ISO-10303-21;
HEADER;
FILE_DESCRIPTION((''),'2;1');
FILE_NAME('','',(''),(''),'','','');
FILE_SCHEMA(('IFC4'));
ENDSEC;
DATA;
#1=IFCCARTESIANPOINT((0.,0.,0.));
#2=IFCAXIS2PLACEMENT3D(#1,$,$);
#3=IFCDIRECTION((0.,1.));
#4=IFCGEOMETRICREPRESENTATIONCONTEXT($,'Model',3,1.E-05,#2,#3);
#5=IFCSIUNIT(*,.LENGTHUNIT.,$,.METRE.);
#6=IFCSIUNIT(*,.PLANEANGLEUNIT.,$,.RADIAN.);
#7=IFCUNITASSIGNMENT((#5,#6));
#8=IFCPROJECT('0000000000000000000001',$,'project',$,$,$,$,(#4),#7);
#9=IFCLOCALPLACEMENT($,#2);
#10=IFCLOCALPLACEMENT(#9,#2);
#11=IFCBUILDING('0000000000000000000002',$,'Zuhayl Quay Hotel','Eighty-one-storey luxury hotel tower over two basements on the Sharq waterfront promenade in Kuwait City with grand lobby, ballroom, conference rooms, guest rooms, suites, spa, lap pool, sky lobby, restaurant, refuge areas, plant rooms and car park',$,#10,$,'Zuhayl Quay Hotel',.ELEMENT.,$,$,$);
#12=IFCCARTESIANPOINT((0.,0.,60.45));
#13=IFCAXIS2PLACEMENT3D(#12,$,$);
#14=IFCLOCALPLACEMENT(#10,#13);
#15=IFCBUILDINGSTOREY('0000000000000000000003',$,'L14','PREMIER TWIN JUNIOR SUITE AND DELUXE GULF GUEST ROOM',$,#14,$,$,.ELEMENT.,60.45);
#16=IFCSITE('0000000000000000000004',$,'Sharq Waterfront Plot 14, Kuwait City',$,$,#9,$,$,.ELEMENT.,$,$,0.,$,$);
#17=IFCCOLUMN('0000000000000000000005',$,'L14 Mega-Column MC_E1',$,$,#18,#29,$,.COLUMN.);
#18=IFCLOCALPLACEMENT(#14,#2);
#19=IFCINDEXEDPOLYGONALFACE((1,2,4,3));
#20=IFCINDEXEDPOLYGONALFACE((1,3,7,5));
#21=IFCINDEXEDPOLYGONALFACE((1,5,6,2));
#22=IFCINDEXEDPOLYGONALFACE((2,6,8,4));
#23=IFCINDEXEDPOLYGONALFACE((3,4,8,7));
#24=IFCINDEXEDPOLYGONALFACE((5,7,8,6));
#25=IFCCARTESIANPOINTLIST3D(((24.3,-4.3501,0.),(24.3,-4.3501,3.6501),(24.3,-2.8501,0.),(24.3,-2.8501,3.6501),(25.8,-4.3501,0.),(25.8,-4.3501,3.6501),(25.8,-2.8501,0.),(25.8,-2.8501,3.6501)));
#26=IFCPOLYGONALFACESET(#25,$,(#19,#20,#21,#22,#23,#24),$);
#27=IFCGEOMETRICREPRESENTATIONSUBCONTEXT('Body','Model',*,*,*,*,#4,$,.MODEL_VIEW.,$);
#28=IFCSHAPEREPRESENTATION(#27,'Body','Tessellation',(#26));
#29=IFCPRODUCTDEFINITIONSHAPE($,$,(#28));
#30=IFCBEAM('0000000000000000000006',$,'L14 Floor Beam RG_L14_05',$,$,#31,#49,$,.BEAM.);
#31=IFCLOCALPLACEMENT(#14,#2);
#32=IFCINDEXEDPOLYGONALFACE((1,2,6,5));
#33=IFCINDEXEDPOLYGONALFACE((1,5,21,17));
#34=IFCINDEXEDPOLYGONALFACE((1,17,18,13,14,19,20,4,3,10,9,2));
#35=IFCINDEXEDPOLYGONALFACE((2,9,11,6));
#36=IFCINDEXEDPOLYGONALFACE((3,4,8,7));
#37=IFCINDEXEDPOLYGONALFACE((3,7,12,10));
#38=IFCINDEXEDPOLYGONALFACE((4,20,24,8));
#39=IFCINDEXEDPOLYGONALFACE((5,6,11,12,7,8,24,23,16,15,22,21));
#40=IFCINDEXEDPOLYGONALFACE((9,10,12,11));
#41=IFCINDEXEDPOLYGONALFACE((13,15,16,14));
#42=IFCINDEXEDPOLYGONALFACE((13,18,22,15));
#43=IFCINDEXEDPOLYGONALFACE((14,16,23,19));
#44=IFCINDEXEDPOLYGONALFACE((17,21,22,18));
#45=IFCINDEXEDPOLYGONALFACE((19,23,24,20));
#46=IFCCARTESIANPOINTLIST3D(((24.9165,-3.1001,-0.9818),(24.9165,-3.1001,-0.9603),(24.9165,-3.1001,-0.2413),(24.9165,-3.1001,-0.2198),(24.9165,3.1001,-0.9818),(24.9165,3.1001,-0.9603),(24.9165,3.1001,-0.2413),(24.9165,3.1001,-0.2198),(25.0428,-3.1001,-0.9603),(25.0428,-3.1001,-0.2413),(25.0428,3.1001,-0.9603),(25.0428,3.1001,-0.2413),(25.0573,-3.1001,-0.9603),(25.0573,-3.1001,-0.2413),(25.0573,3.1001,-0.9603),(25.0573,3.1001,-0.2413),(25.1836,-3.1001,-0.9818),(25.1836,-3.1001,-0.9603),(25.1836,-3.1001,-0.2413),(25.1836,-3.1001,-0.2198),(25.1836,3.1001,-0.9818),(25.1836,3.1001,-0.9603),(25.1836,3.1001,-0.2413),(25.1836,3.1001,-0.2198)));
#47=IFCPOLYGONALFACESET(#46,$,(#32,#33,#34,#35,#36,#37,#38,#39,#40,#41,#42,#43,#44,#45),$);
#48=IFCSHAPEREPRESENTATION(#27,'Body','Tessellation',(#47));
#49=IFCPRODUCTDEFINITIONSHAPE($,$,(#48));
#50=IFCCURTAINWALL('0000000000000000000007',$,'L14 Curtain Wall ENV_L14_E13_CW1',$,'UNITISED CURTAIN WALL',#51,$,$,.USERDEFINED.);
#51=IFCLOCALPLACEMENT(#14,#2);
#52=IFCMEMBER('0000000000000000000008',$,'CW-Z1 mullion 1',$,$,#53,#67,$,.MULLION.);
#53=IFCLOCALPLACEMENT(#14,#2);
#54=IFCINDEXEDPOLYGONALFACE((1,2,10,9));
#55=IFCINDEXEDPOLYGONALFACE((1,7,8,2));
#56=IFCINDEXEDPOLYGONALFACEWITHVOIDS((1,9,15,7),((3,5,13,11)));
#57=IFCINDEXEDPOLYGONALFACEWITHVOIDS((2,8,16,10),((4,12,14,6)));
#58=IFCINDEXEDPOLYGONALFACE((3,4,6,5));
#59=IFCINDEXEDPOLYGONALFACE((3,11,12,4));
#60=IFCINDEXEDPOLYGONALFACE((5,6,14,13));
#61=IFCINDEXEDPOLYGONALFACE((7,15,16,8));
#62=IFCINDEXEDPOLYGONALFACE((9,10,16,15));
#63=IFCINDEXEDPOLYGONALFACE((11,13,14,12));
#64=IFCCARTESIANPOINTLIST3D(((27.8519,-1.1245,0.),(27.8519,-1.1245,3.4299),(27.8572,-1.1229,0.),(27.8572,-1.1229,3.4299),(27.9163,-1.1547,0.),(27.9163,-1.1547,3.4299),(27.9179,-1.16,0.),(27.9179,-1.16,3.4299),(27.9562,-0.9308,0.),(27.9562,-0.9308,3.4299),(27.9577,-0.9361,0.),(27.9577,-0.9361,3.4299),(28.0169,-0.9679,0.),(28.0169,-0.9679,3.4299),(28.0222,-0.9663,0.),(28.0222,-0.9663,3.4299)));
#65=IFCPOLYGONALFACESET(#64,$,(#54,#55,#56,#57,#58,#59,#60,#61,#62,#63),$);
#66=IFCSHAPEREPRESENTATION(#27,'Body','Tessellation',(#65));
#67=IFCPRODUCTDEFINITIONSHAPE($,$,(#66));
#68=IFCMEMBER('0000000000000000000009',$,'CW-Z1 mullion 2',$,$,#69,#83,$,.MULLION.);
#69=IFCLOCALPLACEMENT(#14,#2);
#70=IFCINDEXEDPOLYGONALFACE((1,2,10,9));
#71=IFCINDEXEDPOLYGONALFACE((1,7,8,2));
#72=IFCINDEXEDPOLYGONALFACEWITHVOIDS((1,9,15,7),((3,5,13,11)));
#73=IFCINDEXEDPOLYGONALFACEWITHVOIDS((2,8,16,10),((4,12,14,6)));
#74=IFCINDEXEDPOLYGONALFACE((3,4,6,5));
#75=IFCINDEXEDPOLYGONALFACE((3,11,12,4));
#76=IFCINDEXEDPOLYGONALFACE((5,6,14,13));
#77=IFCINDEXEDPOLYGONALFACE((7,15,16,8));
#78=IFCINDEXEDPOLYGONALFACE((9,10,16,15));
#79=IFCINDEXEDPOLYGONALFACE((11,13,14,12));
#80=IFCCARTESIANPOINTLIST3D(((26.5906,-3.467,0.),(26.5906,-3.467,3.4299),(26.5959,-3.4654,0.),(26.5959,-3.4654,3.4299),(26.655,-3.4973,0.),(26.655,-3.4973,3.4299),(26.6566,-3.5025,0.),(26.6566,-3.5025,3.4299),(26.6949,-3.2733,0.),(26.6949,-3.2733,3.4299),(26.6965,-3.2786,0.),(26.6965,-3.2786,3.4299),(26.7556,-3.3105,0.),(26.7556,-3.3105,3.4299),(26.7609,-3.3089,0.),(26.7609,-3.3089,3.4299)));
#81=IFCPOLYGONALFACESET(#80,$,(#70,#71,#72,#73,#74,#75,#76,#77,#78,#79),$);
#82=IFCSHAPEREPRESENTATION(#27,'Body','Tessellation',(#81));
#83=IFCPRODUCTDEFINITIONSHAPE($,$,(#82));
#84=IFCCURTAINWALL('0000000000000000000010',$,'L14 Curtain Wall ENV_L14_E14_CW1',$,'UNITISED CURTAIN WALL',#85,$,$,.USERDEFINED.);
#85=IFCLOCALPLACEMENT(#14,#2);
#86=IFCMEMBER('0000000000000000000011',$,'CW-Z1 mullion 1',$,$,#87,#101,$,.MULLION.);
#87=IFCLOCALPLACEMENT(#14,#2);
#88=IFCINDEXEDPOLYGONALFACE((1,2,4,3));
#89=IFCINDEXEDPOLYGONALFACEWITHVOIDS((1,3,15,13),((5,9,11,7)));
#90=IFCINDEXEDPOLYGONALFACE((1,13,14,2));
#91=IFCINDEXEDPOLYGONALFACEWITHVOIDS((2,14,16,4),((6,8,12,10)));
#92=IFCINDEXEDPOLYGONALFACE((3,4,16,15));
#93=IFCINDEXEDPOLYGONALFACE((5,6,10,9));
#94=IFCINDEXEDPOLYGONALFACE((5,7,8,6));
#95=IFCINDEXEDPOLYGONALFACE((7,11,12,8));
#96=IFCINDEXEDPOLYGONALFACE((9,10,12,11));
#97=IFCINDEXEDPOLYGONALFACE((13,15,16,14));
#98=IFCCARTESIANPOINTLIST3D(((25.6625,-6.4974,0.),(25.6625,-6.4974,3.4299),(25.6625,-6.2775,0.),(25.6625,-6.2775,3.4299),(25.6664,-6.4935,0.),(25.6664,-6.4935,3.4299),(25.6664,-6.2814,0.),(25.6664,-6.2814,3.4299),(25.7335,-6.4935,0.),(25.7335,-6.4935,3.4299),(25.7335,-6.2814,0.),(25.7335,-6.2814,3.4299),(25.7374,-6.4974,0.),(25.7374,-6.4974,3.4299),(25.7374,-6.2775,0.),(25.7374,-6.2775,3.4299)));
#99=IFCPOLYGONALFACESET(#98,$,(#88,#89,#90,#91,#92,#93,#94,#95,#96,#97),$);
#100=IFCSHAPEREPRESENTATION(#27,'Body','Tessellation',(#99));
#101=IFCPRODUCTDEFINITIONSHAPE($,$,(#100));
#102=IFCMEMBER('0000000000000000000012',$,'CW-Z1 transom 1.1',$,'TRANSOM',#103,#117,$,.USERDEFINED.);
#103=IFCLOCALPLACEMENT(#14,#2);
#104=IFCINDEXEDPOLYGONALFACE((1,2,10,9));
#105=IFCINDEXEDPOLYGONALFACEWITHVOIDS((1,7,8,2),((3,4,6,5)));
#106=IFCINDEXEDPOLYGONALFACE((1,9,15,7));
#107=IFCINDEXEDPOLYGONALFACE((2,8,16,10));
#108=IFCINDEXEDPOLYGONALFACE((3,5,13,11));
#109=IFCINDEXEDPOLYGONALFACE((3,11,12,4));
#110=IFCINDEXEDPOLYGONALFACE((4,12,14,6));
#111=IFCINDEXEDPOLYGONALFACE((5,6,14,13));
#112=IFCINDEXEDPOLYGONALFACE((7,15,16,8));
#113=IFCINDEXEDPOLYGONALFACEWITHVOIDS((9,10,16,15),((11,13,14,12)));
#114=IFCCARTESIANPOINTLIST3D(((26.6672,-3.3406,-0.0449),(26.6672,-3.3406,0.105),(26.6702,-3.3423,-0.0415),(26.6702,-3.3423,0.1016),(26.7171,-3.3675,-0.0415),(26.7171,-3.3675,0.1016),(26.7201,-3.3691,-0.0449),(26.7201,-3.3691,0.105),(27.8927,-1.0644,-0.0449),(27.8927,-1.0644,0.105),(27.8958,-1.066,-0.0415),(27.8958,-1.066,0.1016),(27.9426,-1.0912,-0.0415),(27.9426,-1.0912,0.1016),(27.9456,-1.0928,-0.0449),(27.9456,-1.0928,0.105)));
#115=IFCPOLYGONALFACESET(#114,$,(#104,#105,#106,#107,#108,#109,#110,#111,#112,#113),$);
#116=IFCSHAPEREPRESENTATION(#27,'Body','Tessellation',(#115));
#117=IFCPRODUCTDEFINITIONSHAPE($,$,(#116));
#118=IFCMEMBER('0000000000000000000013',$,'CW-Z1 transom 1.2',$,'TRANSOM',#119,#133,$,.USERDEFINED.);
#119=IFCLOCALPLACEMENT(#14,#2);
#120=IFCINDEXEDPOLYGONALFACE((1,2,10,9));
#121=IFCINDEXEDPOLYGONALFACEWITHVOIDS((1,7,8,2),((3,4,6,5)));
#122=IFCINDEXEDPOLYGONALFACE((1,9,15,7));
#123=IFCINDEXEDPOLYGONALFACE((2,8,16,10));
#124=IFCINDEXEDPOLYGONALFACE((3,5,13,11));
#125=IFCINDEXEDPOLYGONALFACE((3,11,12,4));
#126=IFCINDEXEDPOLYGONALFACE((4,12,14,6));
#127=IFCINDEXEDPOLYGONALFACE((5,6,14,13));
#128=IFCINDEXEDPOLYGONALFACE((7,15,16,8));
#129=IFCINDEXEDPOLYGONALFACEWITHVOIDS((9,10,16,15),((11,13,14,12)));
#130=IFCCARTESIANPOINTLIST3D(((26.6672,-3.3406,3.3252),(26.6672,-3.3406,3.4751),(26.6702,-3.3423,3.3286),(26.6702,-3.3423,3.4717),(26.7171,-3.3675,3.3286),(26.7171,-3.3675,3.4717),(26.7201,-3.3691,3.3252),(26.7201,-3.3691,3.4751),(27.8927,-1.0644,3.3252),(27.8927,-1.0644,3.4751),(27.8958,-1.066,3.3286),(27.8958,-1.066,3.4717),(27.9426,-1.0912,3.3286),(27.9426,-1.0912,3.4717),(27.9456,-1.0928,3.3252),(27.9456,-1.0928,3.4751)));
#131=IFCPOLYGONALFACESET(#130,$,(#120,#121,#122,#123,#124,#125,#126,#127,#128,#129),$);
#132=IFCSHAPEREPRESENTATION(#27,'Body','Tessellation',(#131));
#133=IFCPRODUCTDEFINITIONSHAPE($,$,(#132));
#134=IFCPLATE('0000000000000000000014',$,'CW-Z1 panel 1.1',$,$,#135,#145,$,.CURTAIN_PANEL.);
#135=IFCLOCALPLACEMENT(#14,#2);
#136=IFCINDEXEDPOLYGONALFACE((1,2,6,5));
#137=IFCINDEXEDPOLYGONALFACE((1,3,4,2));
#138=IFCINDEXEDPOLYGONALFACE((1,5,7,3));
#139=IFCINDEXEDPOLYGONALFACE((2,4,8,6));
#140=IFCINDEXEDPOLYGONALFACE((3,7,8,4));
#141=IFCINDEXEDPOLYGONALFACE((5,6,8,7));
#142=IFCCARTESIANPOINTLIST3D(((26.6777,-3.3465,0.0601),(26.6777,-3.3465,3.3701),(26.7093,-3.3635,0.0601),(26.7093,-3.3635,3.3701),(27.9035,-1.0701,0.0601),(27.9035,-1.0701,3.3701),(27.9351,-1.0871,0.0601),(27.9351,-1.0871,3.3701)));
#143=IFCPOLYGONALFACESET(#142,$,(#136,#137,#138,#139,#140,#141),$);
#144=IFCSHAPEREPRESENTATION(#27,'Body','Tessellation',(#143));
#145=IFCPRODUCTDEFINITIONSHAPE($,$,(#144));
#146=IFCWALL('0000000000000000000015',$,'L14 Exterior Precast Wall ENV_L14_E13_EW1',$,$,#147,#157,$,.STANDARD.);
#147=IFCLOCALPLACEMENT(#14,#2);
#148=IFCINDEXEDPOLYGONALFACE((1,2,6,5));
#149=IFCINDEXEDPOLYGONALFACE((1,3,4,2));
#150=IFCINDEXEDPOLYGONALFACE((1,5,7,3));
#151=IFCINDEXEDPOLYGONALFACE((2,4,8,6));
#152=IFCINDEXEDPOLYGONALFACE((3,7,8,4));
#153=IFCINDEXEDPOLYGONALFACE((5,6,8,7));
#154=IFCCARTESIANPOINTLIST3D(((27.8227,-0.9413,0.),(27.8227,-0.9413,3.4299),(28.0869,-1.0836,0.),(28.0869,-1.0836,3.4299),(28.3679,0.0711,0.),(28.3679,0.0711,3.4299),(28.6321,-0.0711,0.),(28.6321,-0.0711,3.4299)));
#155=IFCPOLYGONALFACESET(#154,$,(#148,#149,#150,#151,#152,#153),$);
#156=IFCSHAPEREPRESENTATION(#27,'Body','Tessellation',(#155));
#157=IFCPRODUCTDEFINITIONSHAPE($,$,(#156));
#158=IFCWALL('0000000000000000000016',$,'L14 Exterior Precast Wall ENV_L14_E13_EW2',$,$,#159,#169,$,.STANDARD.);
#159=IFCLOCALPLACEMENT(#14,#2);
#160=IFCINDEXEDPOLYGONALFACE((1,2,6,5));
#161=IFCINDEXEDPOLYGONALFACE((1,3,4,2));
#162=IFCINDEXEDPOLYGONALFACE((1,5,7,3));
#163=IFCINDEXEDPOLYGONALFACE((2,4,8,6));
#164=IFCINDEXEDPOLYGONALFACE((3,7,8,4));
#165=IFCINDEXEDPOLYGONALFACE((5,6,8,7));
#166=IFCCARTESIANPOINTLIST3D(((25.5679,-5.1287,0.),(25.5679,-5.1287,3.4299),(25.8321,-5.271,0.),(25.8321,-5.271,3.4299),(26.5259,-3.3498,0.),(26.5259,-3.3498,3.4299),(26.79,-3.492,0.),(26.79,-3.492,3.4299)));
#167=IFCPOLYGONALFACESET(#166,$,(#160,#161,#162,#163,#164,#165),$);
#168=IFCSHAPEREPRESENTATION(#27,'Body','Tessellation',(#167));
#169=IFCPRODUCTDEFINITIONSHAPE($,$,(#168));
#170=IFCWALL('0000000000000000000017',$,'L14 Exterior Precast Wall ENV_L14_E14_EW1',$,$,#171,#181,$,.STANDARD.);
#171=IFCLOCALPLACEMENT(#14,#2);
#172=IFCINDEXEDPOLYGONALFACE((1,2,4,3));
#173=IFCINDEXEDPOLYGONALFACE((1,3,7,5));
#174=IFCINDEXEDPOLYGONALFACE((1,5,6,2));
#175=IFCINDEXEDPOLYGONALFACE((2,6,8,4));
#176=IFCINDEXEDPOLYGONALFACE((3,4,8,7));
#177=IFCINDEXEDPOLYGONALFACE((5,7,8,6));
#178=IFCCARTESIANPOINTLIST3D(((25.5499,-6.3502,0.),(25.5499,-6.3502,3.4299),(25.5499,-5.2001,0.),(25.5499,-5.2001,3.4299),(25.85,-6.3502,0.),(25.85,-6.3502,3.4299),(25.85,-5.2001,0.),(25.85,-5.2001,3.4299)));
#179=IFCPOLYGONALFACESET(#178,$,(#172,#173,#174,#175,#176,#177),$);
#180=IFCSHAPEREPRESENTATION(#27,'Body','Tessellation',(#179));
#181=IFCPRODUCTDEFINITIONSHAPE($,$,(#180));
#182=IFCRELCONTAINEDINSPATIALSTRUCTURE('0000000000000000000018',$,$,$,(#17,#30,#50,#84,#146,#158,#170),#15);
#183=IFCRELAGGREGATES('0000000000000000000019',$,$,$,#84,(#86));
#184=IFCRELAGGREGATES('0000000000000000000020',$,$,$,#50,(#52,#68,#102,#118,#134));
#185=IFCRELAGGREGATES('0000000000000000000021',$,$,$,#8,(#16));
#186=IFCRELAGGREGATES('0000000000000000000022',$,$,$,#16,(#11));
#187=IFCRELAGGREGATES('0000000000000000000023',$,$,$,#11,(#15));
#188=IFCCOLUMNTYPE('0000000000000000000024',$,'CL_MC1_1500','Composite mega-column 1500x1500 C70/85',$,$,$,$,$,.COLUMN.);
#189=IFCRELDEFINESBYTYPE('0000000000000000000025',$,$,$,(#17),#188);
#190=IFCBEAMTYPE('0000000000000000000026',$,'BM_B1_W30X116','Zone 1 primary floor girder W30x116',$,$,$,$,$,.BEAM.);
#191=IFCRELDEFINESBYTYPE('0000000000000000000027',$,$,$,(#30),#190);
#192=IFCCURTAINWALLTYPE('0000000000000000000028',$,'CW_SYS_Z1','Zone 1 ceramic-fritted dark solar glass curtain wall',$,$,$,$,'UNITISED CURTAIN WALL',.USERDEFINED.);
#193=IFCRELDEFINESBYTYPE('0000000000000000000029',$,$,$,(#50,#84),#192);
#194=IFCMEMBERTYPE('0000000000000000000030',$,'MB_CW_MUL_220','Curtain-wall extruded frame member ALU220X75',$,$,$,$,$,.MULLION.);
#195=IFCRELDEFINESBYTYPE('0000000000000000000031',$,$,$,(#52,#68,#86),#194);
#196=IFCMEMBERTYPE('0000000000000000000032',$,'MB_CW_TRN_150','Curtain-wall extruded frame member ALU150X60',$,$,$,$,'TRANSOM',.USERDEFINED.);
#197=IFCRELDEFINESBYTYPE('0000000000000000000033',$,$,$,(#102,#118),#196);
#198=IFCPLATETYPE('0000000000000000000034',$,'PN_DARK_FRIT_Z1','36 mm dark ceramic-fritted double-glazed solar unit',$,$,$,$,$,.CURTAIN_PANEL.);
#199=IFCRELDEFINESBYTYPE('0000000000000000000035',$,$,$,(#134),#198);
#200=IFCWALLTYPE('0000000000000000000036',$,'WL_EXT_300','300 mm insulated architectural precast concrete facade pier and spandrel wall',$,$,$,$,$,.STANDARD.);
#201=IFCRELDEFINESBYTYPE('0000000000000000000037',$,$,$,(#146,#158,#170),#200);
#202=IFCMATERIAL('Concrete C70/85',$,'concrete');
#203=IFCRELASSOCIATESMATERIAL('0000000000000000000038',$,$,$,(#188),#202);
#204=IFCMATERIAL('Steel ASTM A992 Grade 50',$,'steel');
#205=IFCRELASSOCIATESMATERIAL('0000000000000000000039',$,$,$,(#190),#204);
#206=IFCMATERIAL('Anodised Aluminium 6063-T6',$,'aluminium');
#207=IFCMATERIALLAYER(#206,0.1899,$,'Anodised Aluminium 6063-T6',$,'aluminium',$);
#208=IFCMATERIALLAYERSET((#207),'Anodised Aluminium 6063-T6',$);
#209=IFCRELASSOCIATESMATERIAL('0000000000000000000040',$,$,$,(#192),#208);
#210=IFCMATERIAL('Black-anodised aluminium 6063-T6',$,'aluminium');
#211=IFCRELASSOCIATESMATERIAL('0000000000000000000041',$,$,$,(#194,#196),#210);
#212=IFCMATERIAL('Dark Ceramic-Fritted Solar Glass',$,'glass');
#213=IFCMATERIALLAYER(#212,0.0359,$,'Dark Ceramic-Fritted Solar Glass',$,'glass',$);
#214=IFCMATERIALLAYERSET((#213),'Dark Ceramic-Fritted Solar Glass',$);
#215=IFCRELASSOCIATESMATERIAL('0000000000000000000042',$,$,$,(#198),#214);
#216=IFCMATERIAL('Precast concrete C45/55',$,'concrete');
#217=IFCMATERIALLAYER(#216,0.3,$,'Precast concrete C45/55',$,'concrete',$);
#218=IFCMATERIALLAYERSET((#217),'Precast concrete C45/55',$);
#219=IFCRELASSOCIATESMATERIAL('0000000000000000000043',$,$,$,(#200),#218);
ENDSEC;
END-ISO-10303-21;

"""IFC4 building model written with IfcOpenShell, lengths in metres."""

from ifc_helpers import new_model, si_unit, direction, frame, frame_2d, origin, origin_2d, place, context, subcontext, project, spatial, rectangle, hollow_rectangle, i_section, extrude, material, layer, layer_set, material_profile, profile_set, type_object, element, aggregate, save


model = new_model("IFC4")

# Units and contexts
model_context = context("Model", 3, precision=1e-05, world=origin(), true_north=direction((0.0, 1.0)))
body_context = subcontext(model_context, "Body", "Model", "MODEL_VIEW")
ifc_project = project(units=[si_unit("LENGTHUNIT", "METRE"), si_unit("PLANEANGLEUNIT", "RADIAN")], contexts=[model_context])

# Site, building, storey
site_placement = place(None, origin())
site = spatial("IfcSite", under=ifc_project, at=site_placement, Name="Sharq Waterfront Plot 14, Kuwait City", CompositionType="ELEMENT", RefElevation=0.0)
building_placement = place(site_placement, origin())
building = spatial("IfcBuilding", under=site, at=building_placement, Name="Zuhayl Quay Hotel", Description="Eighty-one-storey luxury hotel tower over two basements on the Sharq waterfront promenade in Kuwait City with grand lobby, ballroom, conference rooms, guest rooms, suites, spa, lap pool, sky lobby, restaurant, refuge areas, plant rooms and car park", LongName="Zuhayl Quay Hotel", CompositionType="ELEMENT")
storey_placement = place(building_placement, frame((0.0, 0.0, 60.45)))
storey = spatial("IfcBuildingStorey", under=building, at=storey_placement, Name="L14", Description="PREMIER TWIN JUNIOR SUITE AND DELUXE GULF GUEST ROOM", CompositionType="ELEMENT", Elevation=60.45)

# Column
ifc_material_1 = material(Name="Concrete C70/85", Category="concrete")
ifc_material_profile_1 = material_profile(ifc_material_1, rectangle(XDim=1.5, YDim=1.5, at=origin_2d()), Name="RC1500X1500")
ifc_profile_set_1 = profile_set([ifc_material_profile_1], Name="Concrete C70/85")
column_type = type_object("IfcColumnType", Name="CL_MC1_1500", Description="Composite mega-column 1500x1500 C70/85", PredefinedType="COLUMN", material=ifc_profile_set_1)
column_placement = place(storey_placement, frame((25.05, -3.6001, 0.0), z_axis=(0.0, 0.0, 1.0), x_axis=(1.0, 0.0, 0.0)))
element("IfcColumn", 1, at=column_placement, inside=storey, type_object=column_type, Name="L14 Mega-Column MC_E1", PredefinedType="COLUMN", context=body_context, shape_type="SweptSolid", body=[
    extrude(rectangle(XDim=1.5, YDim=1.5, at=origin_2d()), origin(), (0.0, 0.0, 1.0), 3.6501),
])

# Beam
ifc_material_2 = material(Name="Steel ASTM A992 Grade 50", Category="steel")
ifc_material_profile_2 = material_profile(ifc_material_2, i_section(OverallWidth=0.2671, OverallDepth=0.762, WebThickness=0.0144, FlangeThickness=0.0215, at=origin_2d()), Name="W30X116")
ifc_profile_set_2 = profile_set([ifc_material_profile_2], Name="Steel ASTM A992 Grade 50")
beam_type = type_object("IfcBeamType", Name="BM_B1_W30X116", Description="Zone 1 primary floor girder W30x116", PredefinedType="BEAM", material=ifc_profile_set_2)
beam_placement = place(storey_placement, frame((25.05, -3.1001, -0.6008), z_axis=(0.0, 1.0, 0.0), x_axis=(-1.0, 0.0, 0.0)))
element("IfcBeam", 2, at=beam_placement, inside=storey, type_object=beam_type, Name="L14 Floor Beam RG_L14_05", PredefinedType="BEAM", context=body_context, shape_type="SweptSolid", body=[
    extrude(i_section(OverallWidth=0.2671, OverallDepth=0.762, WebThickness=0.0144, FlangeThickness=0.0215, at=origin_2d()), origin(), (0.0, 0.0, 1.0), 6.2002),
])

# Curtain wall, members
ifc_material_3 = material(Name="Anodised Aluminium 6063-T6", Category="aluminium")
ifc_layer_1 = layer(ifc_material_3, 0.1899, Name="Anodised Aluminium 6063-T6", Category="aluminium")
ifc_layer_set_1 = layer_set([ifc_layer_1], Name="Anodised Aluminium 6063-T6")
curtain_wall_type = type_object("IfcCurtainWallType", Name="CW_SYS_Z1", Description="Zone 1 ceramic-fritted dark solar glass curtain wall", ElementType="UNITISED CURTAIN WALL", PredefinedType="USERDEFINED", material=ifc_layer_set_1)
curtain_wall_1_placement = place(storey_placement, origin())
curtain_wall_1 = element("IfcCurtainWall", 3, at=curtain_wall_1_placement, inside=storey, type_object=curtain_wall_type, Name="L14 Curtain Wall ENV_L14_E13_CW1", ObjectType="UNITISED CURTAIN WALL", PredefinedType="USERDEFINED")
ifc_material_4 = material(Name="Black-anodised aluminium 6063-T6", Category="aluminium")
ifc_material_profile_3 = material_profile(ifc_material_4, hollow_rectangle(XDim=0.075, YDim=0.22, WallThickness=0.0039, at=origin_2d()), Name="ALU220X75")
ifc_profile_set_3 = profile_set([ifc_material_profile_3], Name="Black-anodised aluminium 6063-T6")
member_type_1 = type_object("IfcMemberType", Name="MB_CW_MUL_220", Description="Curtain-wall extruded frame member ALU220X75", PredefinedType="MULLION", material=ifc_profile_set_3)
member_1_placement = place(storey_placement, frame((27.937, -1.0454, 0.0), z_axis=(0.0, 0.0, 1.0), x_axis=(0.880476, -0.474091, 0.0)))
member_1 = element("IfcMember", 4, at=member_1_placement, type_object=member_type_1, Name="CW-Z1 mullion 1", PredefinedType="MULLION", context=body_context, shape_type="SweptSolid", body=[
    extrude(hollow_rectangle(XDim=0.075, YDim=0.22, WallThickness=0.0039, at=origin_2d()), origin(), (0.0, 0.0, 1.0), 3.4299),
])
member_2_placement = place(storey_placement, frame((26.6758, -3.3879, 0.0), z_axis=(0.0, 0.0, 1.0), x_axis=(0.880476, -0.474091, 0.0)))
member_2 = element("IfcMember", 5, at=member_2_placement, type_object=member_type_1, Name="CW-Z1 mullion 2", PredefinedType="MULLION", context=body_context, shape_type="SweptSolid", body=[
    extrude(hollow_rectangle(XDim=0.075, YDim=0.22, WallThickness=0.0039, at=origin_2d()), origin(), (0.0, 0.0, 1.0), 3.4299),
])

# Curtain wall, member
curtain_wall_2_placement = place(storey_placement, origin())
curtain_wall_2 = element("IfcCurtainWall", 6, at=curtain_wall_2_placement, inside=storey, type_object=curtain_wall_type, Name="L14 Curtain Wall ENV_L14_E14_CW1", ObjectType="UNITISED CURTAIN WALL", PredefinedType="USERDEFINED")
member_3_placement = place(storey_placement, frame((25.7, -6.3875, 0.0), z_axis=(0.0, 0.0, 1.0), x_axis=(1.0, 0.0, 0.0)))
member_3 = element("IfcMember", 7, at=member_3_placement, type_object=member_type_1, Name="CW-Z1 mullion 1", PredefinedType="MULLION", context=body_context, shape_type="SweptSolid", body=[
    extrude(hollow_rectangle(XDim=0.075, YDim=0.22, WallThickness=0.0039, at=origin_2d()), origin(), (0.0, 0.0, 1.0), 3.4299),
])
aggregate(curtain_wall_2, [member_3])

# Members
ifc_material_profile_4 = material_profile(ifc_material_4, hollow_rectangle(XDim=0.0601, YDim=0.1499, WallThickness=0.0034, at=origin_2d()), Name="ALU150X60")
ifc_profile_set_4 = profile_set([ifc_material_profile_4], Name="Black-anodised aluminium 6063-T6")
member_type_2 = type_object("IfcMemberType", Name="MB_CW_TRN_150", Description="Curtain-wall extruded frame member ALU150X60", ElementType="TRANSOM", PredefinedType="USERDEFINED", material=ifc_profile_set_4)
member_4_placement = place(storey_placement, frame((27.9192, -1.0786, 0.03), z_axis=(-0.474055, -0.880495, 0.0), x_axis=(0.880495, -0.474055, 0.0)))
member_4 = element("IfcMember", 8, at=member_4_placement, type_object=member_type_2, Name="CW-Z1 transom 1.1", ObjectType="TRANSOM", PredefinedType="USERDEFINED", context=body_context, shape_type="SweptSolid", body=[
    extrude(hollow_rectangle(XDim=0.0601, YDim=0.1499, WallThickness=0.0034, at=origin_2d()), origin(), (0.0, 0.0, 1.0), 2.5852),
])
member_5_placement = place(storey_placement, frame((27.9192, -1.0786, 3.4001), z_axis=(-0.474055, -0.880495, 0.0), x_axis=(0.880495, -0.474055, 0.0)))
member_5 = element("IfcMember", 9, at=member_5_placement, type_object=member_type_2, Name="CW-Z1 transom 1.2", ObjectType="TRANSOM", PredefinedType="USERDEFINED", context=body_context, shape_type="SweptSolid", body=[
    extrude(hollow_rectangle(XDim=0.0601, YDim=0.1499, WallThickness=0.0034, at=origin_2d()), origin(), (0.0, 0.0, 1.0), 2.5852),
])

# Plate
ifc_material_5 = material(Name="Dark Ceramic-Fritted Solar Glass", Category="glass")
ifc_layer_2 = layer(ifc_material_5, 0.0359, Name="Dark Ceramic-Fritted Solar Glass", Category="glass")
ifc_layer_set_2 = layer_set([ifc_layer_2], Name="Dark Ceramic-Fritted Solar Glass")
plate_type = type_object("IfcPlateType", Name="PN_DARK_FRIT_Z1", Description="36 mm dark ceramic-fritted double-glazed solar unit", PredefinedType="CURTAIN_PANEL", material=ifc_layer_set_2)
plate_placement = place(storey_placement, frame((27.3064, -2.2168, 0.0601), z_axis=(0.0, 0.0, 1.0), x_axis=(-0.474091, -0.880476, 0.0)))
plate = element("IfcPlate", 10, at=plate_placement, type_object=plate_type, Name="CW-Z1 panel 1.1", PredefinedType="CURTAIN_PANEL", context=body_context, shape_type="SweptSolid", body=[
    extrude(rectangle(XDim=2.5854, YDim=0.0359, at=origin_2d()), origin(), (0.0, 0.0, 1.0), 3.3101),
])
aggregate(curtain_wall_1, [member_1, member_2, member_4, member_5, plate])

# Walls
ifc_material_6 = material(Name="Precast concrete C45/55", Category="concrete")
ifc_layer_3 = layer(ifc_material_6, 0.3, Name="Precast concrete C45/55", Category="concrete")
ifc_layer_set_3 = layer_set([ifc_layer_3], Name="Precast concrete C45/55")
wall_type_1 = type_object("IfcWallType", Name="WL_EXT_300", Description="300 mm insulated architectural precast concrete facade pier and spandrel wall", PredefinedType="STANDARD", material=ifc_layer_set_3)
wall_1_placement = place(storey_placement, frame((28.5, 0.0, 0.0), z_axis=(0.0, 0.0, 1.0), x_axis=(-0.4741, -0.880471, 0.0)))
element("IfcWall", 11, at=wall_1_placement, inside=storey, type_object=wall_type_1, Name="L14 Exterior Precast Wall ENV_L14_E13_EW1", PredefinedType="STANDARD", context=body_context, shape_type="SweptSolid", body=[
    extrude(rectangle(XDim=1.1499, YDim=0.3, at=frame_2d((0.575, 0.0))), origin(), (0.0, 0.0, 1.0), 3.4299),
])
wall_2_placement = place(storey_placement, frame((26.658, -3.4209, 0.0), z_axis=(0.0, 0.0, 1.0), x_axis=(-0.474121, -0.880459, 0.0)))
element("IfcWall", 12, at=wall_2_placement, inside=storey, type_object=wall_type_1, Name="L14 Exterior Precast Wall ENV_L14_E13_EW2", PredefinedType="STANDARD", context=body_context, shape_type="SweptSolid", body=[
    extrude(rectangle(XDim=2.0205, YDim=0.3, at=frame_2d((1.0103, 0.0))), origin(), (0.0, 0.0, 1.0), 3.4299),
])
wall_3_placement = place(storey_placement, frame((25.7, -5.2, 0.0), z_axis=(0.0, 0.0, 1.0), x_axis=(0.0, -1.0, 0.0)))
element("IfcWall", 13, at=wall_3_placement, inside=storey, type_object=wall_type_1, Name="L14 Exterior Precast Wall ENV_L14_E14_EW1", PredefinedType="STANDARD", context=body_context, shape_type="SweptSolid", body=[
    extrude(rectangle(XDim=1.1501, YDim=0.3, at=frame_2d((0.5752, 0.0))), origin(), (0.0, 0.0, 1.0), 3.4299),
])

save(model, "model.ifc")
